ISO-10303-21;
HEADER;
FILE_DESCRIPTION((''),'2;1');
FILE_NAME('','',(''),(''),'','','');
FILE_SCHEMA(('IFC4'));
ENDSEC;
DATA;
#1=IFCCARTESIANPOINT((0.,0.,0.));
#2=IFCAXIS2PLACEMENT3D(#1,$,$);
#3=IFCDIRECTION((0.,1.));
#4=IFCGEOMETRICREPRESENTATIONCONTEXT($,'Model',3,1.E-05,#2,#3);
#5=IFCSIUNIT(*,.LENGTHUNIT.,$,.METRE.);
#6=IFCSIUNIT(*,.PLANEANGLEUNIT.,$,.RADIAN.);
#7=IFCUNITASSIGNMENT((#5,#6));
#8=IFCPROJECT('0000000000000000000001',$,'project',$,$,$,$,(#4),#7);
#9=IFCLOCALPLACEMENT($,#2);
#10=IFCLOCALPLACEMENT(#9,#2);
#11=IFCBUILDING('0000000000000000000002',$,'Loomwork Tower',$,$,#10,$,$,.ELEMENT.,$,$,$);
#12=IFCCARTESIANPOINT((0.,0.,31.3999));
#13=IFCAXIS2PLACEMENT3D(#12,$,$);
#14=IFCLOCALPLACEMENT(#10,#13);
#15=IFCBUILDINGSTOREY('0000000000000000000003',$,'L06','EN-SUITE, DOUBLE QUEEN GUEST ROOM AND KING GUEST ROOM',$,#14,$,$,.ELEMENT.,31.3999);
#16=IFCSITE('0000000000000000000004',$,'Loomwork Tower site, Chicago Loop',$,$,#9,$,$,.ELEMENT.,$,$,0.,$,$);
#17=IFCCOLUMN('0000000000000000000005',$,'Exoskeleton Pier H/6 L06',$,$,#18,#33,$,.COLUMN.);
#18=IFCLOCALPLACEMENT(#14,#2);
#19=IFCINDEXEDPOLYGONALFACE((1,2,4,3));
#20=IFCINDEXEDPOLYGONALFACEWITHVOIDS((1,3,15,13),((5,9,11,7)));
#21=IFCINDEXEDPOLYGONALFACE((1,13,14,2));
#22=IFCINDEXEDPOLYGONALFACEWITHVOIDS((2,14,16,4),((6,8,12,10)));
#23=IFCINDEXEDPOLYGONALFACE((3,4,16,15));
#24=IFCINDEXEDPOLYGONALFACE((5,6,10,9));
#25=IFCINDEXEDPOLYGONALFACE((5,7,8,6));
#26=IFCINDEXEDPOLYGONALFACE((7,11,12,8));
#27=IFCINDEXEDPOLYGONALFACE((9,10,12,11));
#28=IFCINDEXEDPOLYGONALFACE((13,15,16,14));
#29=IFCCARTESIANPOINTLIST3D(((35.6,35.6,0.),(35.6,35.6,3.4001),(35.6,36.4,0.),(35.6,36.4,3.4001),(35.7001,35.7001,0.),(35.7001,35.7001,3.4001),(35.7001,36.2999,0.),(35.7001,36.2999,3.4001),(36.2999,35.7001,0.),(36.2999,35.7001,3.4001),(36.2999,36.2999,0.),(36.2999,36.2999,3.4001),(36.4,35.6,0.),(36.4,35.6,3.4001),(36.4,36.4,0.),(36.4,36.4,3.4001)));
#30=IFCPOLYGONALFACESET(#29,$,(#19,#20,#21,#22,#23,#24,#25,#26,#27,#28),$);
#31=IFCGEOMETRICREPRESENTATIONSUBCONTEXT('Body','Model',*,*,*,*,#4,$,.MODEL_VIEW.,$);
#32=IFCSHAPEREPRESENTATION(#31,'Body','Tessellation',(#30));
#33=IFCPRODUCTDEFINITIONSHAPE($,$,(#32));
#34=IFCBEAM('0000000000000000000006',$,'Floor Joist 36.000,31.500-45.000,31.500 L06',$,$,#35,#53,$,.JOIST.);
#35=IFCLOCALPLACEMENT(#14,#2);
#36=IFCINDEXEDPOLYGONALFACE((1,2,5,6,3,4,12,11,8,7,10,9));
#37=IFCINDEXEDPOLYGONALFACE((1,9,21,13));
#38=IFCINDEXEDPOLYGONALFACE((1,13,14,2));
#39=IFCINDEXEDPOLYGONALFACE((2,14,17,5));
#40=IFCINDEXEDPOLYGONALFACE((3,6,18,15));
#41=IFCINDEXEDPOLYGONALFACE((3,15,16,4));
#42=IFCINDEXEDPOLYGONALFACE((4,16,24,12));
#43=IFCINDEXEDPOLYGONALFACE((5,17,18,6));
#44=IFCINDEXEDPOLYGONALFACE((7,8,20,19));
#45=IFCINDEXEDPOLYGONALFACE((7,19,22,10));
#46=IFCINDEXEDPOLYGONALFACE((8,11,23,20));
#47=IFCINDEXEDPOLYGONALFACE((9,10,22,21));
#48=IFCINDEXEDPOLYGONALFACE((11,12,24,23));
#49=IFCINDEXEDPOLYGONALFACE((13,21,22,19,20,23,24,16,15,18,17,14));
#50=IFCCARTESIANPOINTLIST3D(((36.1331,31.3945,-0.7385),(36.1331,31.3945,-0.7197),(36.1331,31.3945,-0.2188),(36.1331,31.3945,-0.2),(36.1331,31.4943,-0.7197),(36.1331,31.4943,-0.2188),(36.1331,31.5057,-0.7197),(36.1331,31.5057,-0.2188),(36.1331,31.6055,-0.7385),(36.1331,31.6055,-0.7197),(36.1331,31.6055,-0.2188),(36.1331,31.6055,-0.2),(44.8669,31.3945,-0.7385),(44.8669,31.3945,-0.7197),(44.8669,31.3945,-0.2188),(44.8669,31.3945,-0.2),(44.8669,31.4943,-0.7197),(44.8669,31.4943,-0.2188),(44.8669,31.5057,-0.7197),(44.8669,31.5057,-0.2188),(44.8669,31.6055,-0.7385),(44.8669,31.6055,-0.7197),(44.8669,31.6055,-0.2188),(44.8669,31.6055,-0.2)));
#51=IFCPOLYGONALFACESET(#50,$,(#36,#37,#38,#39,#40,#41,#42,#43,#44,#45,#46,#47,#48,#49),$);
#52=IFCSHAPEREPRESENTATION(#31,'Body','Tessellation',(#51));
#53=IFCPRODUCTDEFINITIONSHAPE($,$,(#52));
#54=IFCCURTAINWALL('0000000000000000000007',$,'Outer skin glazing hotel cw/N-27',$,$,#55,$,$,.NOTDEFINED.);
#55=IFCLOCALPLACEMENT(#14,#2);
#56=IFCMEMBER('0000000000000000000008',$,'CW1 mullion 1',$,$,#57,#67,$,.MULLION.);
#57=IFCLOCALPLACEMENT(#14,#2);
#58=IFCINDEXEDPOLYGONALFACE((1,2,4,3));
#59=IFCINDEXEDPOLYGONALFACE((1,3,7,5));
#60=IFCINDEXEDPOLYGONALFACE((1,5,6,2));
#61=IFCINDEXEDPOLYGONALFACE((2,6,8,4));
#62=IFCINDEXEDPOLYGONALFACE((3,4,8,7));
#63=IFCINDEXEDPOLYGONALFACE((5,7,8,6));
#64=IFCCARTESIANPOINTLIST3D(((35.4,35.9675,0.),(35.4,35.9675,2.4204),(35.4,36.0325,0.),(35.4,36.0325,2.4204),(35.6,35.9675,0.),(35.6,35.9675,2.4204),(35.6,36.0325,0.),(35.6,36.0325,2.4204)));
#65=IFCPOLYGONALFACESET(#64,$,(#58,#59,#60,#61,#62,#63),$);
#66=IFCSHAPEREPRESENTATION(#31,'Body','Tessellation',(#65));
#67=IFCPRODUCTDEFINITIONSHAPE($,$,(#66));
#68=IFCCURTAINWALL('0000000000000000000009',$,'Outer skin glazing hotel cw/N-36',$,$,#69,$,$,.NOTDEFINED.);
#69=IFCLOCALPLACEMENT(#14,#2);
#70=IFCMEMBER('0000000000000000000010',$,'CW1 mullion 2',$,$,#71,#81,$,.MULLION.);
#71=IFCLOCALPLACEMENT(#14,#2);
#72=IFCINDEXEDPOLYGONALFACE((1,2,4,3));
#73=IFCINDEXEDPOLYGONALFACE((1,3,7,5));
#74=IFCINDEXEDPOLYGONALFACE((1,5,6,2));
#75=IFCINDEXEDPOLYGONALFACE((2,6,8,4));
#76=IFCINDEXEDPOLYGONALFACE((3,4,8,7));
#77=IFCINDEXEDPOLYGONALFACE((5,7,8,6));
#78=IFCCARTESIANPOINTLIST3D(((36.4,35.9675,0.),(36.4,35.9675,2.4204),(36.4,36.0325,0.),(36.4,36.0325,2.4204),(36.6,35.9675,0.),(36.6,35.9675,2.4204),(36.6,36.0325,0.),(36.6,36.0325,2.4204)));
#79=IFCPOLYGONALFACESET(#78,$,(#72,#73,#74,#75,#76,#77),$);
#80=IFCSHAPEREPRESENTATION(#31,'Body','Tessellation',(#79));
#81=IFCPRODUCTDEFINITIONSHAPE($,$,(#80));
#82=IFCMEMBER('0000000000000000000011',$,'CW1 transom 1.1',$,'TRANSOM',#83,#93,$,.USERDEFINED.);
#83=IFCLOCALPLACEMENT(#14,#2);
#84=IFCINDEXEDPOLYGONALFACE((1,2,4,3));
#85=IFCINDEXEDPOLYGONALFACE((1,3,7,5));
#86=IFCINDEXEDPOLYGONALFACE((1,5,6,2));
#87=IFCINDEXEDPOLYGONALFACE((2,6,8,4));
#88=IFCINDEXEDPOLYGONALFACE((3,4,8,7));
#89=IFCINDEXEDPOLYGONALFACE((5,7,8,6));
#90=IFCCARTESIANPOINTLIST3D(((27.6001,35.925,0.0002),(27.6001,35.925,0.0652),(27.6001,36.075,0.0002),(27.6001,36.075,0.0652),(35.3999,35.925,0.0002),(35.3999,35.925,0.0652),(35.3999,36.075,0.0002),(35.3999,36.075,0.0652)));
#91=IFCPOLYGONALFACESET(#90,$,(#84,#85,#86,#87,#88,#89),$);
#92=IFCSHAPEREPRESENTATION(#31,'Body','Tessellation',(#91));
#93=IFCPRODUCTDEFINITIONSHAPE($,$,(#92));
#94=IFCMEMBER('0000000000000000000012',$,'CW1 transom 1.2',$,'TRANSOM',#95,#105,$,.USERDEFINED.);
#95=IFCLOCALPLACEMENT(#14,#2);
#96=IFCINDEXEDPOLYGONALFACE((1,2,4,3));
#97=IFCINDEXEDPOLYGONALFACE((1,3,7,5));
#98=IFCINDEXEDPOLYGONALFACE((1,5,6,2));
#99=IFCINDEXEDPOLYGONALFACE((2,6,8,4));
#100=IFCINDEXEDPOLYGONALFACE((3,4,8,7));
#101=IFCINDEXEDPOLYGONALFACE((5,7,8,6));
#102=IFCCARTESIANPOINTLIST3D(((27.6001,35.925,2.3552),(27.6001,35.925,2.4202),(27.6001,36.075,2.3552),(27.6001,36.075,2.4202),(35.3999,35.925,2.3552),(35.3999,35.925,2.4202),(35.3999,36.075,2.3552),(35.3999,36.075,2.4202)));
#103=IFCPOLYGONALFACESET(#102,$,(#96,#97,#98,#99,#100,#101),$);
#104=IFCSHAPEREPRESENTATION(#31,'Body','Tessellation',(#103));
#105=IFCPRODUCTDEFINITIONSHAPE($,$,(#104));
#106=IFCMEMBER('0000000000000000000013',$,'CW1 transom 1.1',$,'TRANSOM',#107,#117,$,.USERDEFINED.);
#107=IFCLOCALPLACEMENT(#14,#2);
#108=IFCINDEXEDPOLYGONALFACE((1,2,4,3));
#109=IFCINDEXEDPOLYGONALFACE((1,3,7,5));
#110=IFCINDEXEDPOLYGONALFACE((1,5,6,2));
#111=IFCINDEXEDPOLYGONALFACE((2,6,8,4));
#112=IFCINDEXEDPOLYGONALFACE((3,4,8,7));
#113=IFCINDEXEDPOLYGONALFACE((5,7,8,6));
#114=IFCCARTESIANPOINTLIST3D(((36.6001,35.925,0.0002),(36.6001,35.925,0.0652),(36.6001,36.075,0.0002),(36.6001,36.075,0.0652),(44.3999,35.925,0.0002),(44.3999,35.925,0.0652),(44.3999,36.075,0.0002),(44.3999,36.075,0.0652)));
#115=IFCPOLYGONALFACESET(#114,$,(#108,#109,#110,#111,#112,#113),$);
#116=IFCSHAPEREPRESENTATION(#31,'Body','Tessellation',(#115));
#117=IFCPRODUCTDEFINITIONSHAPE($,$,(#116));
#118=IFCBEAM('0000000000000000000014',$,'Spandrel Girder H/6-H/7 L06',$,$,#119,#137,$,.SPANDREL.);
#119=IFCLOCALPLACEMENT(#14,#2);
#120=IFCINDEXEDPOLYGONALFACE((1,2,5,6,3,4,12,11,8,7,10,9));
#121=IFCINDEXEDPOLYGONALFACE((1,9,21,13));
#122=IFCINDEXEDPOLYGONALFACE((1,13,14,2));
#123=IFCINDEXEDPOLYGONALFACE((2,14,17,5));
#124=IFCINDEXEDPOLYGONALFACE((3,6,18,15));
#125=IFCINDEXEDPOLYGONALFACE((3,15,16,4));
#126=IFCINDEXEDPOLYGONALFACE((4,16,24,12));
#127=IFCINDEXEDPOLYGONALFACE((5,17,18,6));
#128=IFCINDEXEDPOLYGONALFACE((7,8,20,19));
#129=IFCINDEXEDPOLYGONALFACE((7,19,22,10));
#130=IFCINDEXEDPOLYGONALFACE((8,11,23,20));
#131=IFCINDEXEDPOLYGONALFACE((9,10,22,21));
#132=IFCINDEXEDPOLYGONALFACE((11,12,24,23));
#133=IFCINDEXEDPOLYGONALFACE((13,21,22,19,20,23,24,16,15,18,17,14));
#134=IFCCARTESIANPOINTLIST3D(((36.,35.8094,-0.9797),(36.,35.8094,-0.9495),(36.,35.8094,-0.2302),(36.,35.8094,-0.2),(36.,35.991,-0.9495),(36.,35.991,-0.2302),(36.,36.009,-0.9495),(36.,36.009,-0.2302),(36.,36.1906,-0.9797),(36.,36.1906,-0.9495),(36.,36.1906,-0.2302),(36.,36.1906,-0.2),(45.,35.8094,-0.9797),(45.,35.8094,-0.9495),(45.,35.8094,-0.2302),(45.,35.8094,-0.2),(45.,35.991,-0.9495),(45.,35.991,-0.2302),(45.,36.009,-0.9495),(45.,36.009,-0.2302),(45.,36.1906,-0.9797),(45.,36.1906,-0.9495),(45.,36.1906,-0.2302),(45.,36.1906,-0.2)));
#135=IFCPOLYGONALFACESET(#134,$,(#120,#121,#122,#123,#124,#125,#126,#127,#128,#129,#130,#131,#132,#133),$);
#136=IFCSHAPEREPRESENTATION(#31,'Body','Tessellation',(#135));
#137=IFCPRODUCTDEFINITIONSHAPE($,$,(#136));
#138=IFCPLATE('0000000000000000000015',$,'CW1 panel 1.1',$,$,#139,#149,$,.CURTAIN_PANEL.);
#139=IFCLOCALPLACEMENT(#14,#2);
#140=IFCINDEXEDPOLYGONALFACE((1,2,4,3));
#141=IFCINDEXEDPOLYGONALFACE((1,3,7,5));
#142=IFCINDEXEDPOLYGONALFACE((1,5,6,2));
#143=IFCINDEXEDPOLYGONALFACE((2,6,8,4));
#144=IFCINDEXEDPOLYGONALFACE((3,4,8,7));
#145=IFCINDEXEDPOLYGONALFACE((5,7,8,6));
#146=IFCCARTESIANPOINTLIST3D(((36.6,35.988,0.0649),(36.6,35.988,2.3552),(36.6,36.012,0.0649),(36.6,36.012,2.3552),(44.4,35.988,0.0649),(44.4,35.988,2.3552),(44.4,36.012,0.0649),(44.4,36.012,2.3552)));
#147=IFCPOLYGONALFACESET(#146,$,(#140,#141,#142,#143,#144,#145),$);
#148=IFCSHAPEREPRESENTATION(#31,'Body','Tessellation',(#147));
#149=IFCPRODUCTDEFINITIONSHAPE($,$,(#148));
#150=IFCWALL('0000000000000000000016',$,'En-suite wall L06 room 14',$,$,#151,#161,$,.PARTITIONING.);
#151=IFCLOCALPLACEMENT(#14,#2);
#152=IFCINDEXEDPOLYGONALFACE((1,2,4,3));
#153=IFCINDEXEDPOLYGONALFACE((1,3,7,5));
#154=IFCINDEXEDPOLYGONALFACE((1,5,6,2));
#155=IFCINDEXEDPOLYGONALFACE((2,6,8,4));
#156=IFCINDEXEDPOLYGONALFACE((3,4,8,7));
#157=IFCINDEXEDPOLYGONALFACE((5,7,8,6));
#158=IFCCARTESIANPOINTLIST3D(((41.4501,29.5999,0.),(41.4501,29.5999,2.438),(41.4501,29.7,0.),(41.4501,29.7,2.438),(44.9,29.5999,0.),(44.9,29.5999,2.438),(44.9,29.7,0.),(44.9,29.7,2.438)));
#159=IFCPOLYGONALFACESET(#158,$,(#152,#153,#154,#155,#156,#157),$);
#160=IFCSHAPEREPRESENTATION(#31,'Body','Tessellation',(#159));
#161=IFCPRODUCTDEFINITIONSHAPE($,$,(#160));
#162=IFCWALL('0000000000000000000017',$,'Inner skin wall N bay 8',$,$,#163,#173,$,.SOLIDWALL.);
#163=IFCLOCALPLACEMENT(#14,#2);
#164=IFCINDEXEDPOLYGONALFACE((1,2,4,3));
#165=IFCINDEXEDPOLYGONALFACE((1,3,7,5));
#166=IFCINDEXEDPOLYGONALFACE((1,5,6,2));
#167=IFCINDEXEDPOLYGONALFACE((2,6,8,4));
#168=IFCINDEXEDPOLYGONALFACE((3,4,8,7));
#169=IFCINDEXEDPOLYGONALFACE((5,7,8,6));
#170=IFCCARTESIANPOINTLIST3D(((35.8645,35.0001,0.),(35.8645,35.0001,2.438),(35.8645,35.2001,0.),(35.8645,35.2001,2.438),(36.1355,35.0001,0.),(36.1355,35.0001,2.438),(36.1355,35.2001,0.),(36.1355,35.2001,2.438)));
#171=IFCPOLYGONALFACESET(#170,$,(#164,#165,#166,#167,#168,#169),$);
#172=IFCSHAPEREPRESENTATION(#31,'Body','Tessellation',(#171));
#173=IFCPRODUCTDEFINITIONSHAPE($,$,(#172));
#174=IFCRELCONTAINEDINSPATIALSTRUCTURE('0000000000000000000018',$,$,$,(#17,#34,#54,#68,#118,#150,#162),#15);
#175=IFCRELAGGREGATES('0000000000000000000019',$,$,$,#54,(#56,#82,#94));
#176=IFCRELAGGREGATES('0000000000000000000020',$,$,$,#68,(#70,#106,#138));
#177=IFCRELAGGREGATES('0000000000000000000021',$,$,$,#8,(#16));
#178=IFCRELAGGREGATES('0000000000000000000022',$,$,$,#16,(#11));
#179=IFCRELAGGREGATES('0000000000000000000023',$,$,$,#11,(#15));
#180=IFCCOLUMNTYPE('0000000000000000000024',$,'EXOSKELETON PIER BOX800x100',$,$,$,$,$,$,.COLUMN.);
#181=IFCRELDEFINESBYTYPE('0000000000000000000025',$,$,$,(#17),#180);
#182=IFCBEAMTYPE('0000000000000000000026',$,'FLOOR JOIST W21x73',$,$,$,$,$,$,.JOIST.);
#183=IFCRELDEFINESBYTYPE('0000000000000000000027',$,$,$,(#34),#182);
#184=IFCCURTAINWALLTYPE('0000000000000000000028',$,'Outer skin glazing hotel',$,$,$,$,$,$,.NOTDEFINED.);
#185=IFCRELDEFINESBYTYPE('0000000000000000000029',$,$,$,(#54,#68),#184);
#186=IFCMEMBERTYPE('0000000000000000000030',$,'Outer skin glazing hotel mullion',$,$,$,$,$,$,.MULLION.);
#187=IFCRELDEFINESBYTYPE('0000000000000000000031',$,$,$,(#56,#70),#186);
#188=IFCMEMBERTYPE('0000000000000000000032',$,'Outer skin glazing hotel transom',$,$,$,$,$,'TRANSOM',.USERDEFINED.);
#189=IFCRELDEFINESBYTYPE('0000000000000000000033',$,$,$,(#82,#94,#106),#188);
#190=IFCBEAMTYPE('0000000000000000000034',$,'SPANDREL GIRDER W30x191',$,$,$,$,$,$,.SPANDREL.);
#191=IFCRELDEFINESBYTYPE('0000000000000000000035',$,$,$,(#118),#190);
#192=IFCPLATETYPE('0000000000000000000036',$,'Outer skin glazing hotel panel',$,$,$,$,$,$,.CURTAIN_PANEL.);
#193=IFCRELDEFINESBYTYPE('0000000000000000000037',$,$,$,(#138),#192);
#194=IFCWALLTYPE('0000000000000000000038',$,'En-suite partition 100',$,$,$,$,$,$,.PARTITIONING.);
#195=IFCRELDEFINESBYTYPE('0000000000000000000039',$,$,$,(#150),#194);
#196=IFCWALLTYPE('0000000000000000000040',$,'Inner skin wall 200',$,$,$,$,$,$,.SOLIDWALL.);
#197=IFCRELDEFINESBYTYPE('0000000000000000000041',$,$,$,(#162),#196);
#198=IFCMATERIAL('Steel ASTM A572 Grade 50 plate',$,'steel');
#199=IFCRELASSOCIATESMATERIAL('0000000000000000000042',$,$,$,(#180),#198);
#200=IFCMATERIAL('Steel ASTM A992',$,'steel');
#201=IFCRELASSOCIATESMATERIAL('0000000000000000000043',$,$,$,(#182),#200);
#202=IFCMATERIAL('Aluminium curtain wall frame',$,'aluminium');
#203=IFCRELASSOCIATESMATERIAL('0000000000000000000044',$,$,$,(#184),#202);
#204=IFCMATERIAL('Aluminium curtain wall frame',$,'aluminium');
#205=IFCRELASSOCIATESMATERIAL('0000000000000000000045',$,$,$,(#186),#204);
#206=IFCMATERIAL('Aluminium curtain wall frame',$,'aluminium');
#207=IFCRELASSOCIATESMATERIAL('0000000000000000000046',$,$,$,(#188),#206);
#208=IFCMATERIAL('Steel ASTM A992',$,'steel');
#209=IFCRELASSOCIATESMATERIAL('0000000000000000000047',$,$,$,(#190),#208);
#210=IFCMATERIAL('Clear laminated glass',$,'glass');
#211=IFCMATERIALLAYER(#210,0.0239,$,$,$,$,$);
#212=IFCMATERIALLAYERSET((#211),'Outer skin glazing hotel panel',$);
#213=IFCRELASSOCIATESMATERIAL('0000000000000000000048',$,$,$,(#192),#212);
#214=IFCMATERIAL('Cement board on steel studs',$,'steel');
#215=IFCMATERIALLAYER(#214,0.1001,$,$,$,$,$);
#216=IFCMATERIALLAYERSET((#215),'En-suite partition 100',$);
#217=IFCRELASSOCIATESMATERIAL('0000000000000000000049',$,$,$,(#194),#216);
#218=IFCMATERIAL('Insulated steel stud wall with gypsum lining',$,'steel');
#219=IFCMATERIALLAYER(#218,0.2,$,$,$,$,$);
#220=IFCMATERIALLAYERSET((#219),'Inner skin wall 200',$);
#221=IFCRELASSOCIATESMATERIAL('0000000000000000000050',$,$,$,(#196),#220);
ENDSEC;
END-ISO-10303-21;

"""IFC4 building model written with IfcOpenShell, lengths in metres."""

from ifc_helpers import new_model, si_unit, direction, frame, frame_2d, origin, origin_2d, place, context, subcontext, project, spatial, rectangle, hollow_rectangle, i_section, extrude, material, layer, layer_set, material_profile, profile_set, type_object, element, aggregate, save


model = new_model("IFC4")

# Units and contexts
model_context = context("Model", 3, precision=1e-05, world=origin(), true_north=direction((0.0, 1.0)))
body_context = subcontext(model_context, "Body", "Model", "MODEL_VIEW")
ifc_project = project(units=[si_unit("LENGTHUNIT", "METRE"), si_unit("PLANEANGLEUNIT", "RADIAN")], contexts=[model_context])

# Site, building, storey
site_placement = place(None, origin())
site = spatial("IfcSite", under=ifc_project, at=site_placement, Name="Loomwork Tower site, Chicago Loop", CompositionType="ELEMENT", RefElevation=0.0)
building_placement = place(site_placement, origin())
building = spatial("IfcBuilding", under=site, at=building_placement, Name="Loomwork Tower", CompositionType="ELEMENT")
storey_placement = place(building_placement, frame((0.0, 0.0, 31.3999)))
storey = spatial("IfcBuildingStorey", under=building, at=storey_placement, Name="L06", Description="EN-SUITE, DOUBLE QUEEN GUEST ROOM AND KING GUEST ROOM", CompositionType="ELEMENT", Elevation=31.3999)

# Column
ifc_material_1 = material(Name="Steel ASTM A572 Grade 50 plate", Category="steel")
ifc_material_profile_1 = material_profile(ifc_material_1, hollow_rectangle(XDim=0.8, YDim=0.8, WallThickness=0.1001, at=origin_2d()), Name="BOX800x100")
ifc_profile_set_1 = profile_set([ifc_material_profile_1], Name="Steel ASTM A572 Grade 50 plate")
column_type = type_object("IfcColumnType", Name="EXOSKELETON PIER BOX800x100", PredefinedType="COLUMN", material=ifc_profile_set_1)
column_placement = place(storey_placement, frame((36.0, 36.0, 0.0), z_axis=(0.0, 0.0, 1.0), x_axis=(1.0, 0.0, 0.0)))
element("IfcColumn", 1, at=column_placement, inside=storey, type_object=column_type, Name="Exoskeleton Pier H/6 L06", PredefinedType="COLUMN", context=body_context, shape_type="SweptSolid", body=[
    extrude(hollow_rectangle(XDim=0.8, YDim=0.8, WallThickness=0.1001, at=origin_2d()), origin(), (0.0, 0.0, 1.0), 3.4001),
])

# Beam
ifc_material_2 = material(Name="Steel ASTM A992", Category="steel")
ifc_material_profile_2 = material_profile(ifc_material_2, i_section(OverallWidth=0.2109, OverallDepth=0.5386, WebThickness=0.0115, FlangeThickness=0.0188, at=origin_2d()), Name="W21x73")
ifc_profile_set_2 = profile_set([ifc_material_profile_2], Name="Steel ASTM A992")
beam_type_1 = type_object("IfcBeamType", Name="FLOOR JOIST W21x73", PredefinedType="JOIST", material=ifc_profile_set_2)
beam_1_placement = place(storey_placement, frame((36.1331, 31.5, -0.4692), z_axis=(1.0, 0.0, 0.0), x_axis=(0.0, 1.0, 0.0)))
element("IfcBeam", 2, at=beam_1_placement, inside=storey, type_object=beam_type_1, Name="Floor Joist 36.000,31.500-45.000,31.500 L06", PredefinedType="JOIST", context=body_context, shape_type="SweptSolid", body=[
    extrude(i_section(OverallWidth=0.2109, OverallDepth=0.5386, WebThickness=0.0115, FlangeThickness=0.0188, at=origin_2d()), origin(), (0.0, 0.0, 1.0), 8.7339),
])

# Curtain walls, members
ifc_material_3 = material(Name="Aluminium curtain wall frame", Category="aluminium")
curtain_wall_type = type_object("IfcCurtainWallType", Name="Outer skin glazing hotel", PredefinedType="NOTDEFINED", material=ifc_material_3)
curtain_wall_1_placement = place(storey_placement, origin())
curtain_wall_1 = element("IfcCurtainWall", 3, at=curtain_wall_1_placement, inside=storey, type_object=curtain_wall_type, Name="Outer skin glazing hotel cw/N-27", PredefinedType="NOTDEFINED")
ifc_material_4 = material(Name="Aluminium curtain wall frame", Category="aluminium")
ifc_material_profile_3 = material_profile(ifc_material_4, rectangle(XDim=0.0649, YDim=0.2, at=origin_2d()), Name="AL 65x200")
ifc_profile_set_3 = profile_set([ifc_material_profile_3], Name="Aluminium curtain wall frame")
member_type_1 = type_object("IfcMemberType", Name="Outer skin glazing hotel mullion", PredefinedType="MULLION", material=ifc_profile_set_3)
member_1_placement = place(storey_placement, frame((35.5, 36.0, 0.0), z_axis=(0.0, 0.0, 1.0), x_axis=(0.0, -1.0, 0.0)))
member_1 = element("IfcMember", 4, at=member_1_placement, type_object=member_type_1, Name="CW1 mullion 1", PredefinedType="MULLION", context=body_context, shape_type="SweptSolid", body=[
    extrude(rectangle(XDim=0.0649, YDim=0.2, at=origin_2d()), origin(), (0.0, 0.0, 1.0), 2.4204),
])
curtain_wall_2_placement = place(storey_placement, origin())
curtain_wall_2 = element("IfcCurtainWall", 5, at=curtain_wall_2_placement, inside=storey, type_object=curtain_wall_type, Name="Outer skin glazing hotel cw/N-36", PredefinedType="NOTDEFINED")
member_2_placement = place(storey_placement, frame((36.5, 36.0, 0.0), z_axis=(0.0, 0.0, 1.0), x_axis=(0.0, -1.0, 0.0)))
member_2 = element("IfcMember", 6, at=member_2_placement, type_object=member_type_1, Name="CW1 mullion 2", PredefinedType="MULLION", context=body_context, shape_type="SweptSolid", body=[
    extrude(rectangle(XDim=0.0649, YDim=0.2, at=origin_2d()), origin(), (0.0, 0.0, 1.0), 2.4204),
])

# Members
ifc_material_5 = material(Name="Aluminium curtain wall frame", Category="aluminium")
ifc_material_profile_4 = material_profile(ifc_material_5, rectangle(XDim=0.1499, YDim=0.0649, at=origin_2d()), Name="AL 65x150")
ifc_profile_set_4 = profile_set([ifc_material_profile_4], Name="Aluminium curtain wall frame")
member_type_2 = type_object("IfcMemberType", Name="Outer skin glazing hotel transom", ElementType="TRANSOM", PredefinedType="USERDEFINED", material=ifc_profile_set_4)
member_3_placement = place(storey_placement, frame((35.3999, 36.0, 0.0327), z_axis=(-1.0, 0.0, 0.0), x_axis=(0.0, -1.0, 0.0)))
member_3 = element("IfcMember", 7, at=member_3_placement, type_object=member_type_2, Name="CW1 transom 1.1", ObjectType="TRANSOM", PredefinedType="USERDEFINED", context=body_context, shape_type="SweptSolid", body=[
    extrude(rectangle(XDim=0.1499, YDim=0.0649, at=origin_2d()), origin(), (0.0, 0.0, 1.0), 7.7998),
])
member_4_placement = place(storey_placement, frame((35.3999, 36.0, 2.3877), z_axis=(-1.0, 0.0, 0.0), x_axis=(0.0, -1.0, 0.0)))
member_4 = element("IfcMember", 8, at=member_4_placement, type_object=member_type_2, Name="CW1 transom 1.2", ObjectType="TRANSOM", PredefinedType="USERDEFINED", context=body_context, shape_type="SweptSolid", body=[
    extrude(rectangle(XDim=0.1499, YDim=0.0649, at=origin_2d()), origin(), (0.0, 0.0, 1.0), 7.7998),
])
aggregate(curtain_wall_1, [member_1, member_3, member_4])
member_5_placement = place(storey_placement, frame((44.3999, 36.0, 0.0327), z_axis=(-1.0, 0.0, 0.0), x_axis=(0.0, -1.0, 0.0)))
member_5 = element("IfcMember", 9, at=member_5_placement, type_object=member_type_2, Name="CW1 transom 1.1", ObjectType="TRANSOM", PredefinedType="USERDEFINED", context=body_context, shape_type="SweptSolid", body=[
    extrude(rectangle(XDim=0.1499, YDim=0.0649, at=origin_2d()), origin(), (0.0, 0.0, 1.0), 7.7998),
])

# Beam
ifc_material_6 = material(Name="Steel ASTM A992", Category="steel")
ifc_material_profile_5 = material_profile(ifc_material_6, i_section(OverallWidth=0.3811, OverallDepth=0.7798, WebThickness=0.0181, FlangeThickness=0.0303, at=origin_2d()), Name="W30x191")
ifc_profile_set_5 = profile_set([ifc_material_profile_5], Name="Steel ASTM A992")
beam_type_2 = type_object("IfcBeamType", Name="SPANDREL GIRDER W30x191", PredefinedType="SPANDREL", material=ifc_profile_set_5)
beam_2_placement = place(storey_placement, frame((36.0, 36.0, -0.5898), z_axis=(1.0, 0.0, 0.0), x_axis=(0.0, 1.0, 0.0)))
element("IfcBeam", 10, at=beam_2_placement, inside=storey, type_object=beam_type_2, Name="Spandrel Girder H/6-H/7 L06", PredefinedType="SPANDREL", context=body_context, shape_type="SweptSolid", body=[
    extrude(i_section(OverallWidth=0.3811, OverallDepth=0.7798, WebThickness=0.0181, FlangeThickness=0.0303, at=origin_2d()), origin(), (0.0, 0.0, 1.0), 9.0),
])

# Plate
ifc_material_7 = material(Name="Clear laminated glass", Category="glass")
ifc_layer_1 = layer(ifc_material_7, 0.0239)
ifc_layer_set_1 = layer_set([ifc_layer_1], Name="Outer skin glazing hotel panel")
plate_type = type_object("IfcPlateType", Name="Outer skin glazing hotel panel", PredefinedType="CURTAIN_PANEL", material=ifc_layer_set_1)
plate_placement = place(storey_placement, frame((40.5, 36.0, 0.0649), z_axis=(0.0, 0.0, 1.0), x_axis=(-1.0, 0.0, 0.0)))
plate = element("IfcPlate", 11, at=plate_placement, type_object=plate_type, Name="CW1 panel 1.1", PredefinedType="CURTAIN_PANEL", context=body_context, shape_type="SweptSolid", body=[
    extrude(rectangle(XDim=7.8, YDim=0.0239, at=origin_2d()), origin(), (0.0, 0.0, 1.0), 2.2903),
])
aggregate(curtain_wall_2, [member_2, member_5, plate])

# Walls
ifc_material_8 = material(Name="Cement board on steel studs", Category="steel")
ifc_layer_2 = layer(ifc_material_8, 0.1001)
ifc_layer_set_2 = layer_set([ifc_layer_2], Name="En-suite partition 100")
wall_type_1 = type_object("IfcWallType", Name="En-suite partition 100", PredefinedType="PARTITIONING", material=ifc_layer_set_2)
wall_1_placement = place(storey_placement, frame((41.45, 29.6499, 0.0), z_axis=(0.0, 0.0, 1.0), x_axis=(1.0, 0.0, 0.0)))
element("IfcWall", 12, at=wall_1_placement, inside=storey, type_object=wall_type_1, Name="En-suite wall L06 room 14", PredefinedType="PARTITIONING", context=body_context, shape_type="SweptSolid", body=[
    extrude(rectangle(XDim=3.45, YDim=0.1001, at=frame_2d((1.7251, 0.0))), origin(), (0.0, 0.0, 1.0), 2.438),
])
ifc_material_9 = material(Name="Insulated steel stud wall with gypsum lining", Category="steel")
ifc_layer_3 = layer(ifc_material_9, 0.2)
ifc_layer_set_3 = layer_set([ifc_layer_3], Name="Inner skin wall 200")
wall_type_2 = type_object("IfcWallType", Name="Inner skin wall 200", PredefinedType="SOLIDWALL", material=ifc_layer_set_3)
wall_2_placement = place(storey_placement, frame((35.8645, 35.1001, 0.0), z_axis=(0.0, 0.0, 1.0), x_axis=(1.0, 0.0, 0.0)))
element("IfcWall", 13, at=wall_2_placement, inside=storey, type_object=wall_type_2, Name="Inner skin wall N bay 8", PredefinedType="SOLIDWALL", context=body_context, shape_type="SweptSolid", body=[
    extrude(rectangle(XDim=0.271, YDim=0.2, at=frame_2d((0.1355, 0.0))), origin(), (0.0, 0.0, 1.0), 2.438),
])

save(model, "model.ifc")
